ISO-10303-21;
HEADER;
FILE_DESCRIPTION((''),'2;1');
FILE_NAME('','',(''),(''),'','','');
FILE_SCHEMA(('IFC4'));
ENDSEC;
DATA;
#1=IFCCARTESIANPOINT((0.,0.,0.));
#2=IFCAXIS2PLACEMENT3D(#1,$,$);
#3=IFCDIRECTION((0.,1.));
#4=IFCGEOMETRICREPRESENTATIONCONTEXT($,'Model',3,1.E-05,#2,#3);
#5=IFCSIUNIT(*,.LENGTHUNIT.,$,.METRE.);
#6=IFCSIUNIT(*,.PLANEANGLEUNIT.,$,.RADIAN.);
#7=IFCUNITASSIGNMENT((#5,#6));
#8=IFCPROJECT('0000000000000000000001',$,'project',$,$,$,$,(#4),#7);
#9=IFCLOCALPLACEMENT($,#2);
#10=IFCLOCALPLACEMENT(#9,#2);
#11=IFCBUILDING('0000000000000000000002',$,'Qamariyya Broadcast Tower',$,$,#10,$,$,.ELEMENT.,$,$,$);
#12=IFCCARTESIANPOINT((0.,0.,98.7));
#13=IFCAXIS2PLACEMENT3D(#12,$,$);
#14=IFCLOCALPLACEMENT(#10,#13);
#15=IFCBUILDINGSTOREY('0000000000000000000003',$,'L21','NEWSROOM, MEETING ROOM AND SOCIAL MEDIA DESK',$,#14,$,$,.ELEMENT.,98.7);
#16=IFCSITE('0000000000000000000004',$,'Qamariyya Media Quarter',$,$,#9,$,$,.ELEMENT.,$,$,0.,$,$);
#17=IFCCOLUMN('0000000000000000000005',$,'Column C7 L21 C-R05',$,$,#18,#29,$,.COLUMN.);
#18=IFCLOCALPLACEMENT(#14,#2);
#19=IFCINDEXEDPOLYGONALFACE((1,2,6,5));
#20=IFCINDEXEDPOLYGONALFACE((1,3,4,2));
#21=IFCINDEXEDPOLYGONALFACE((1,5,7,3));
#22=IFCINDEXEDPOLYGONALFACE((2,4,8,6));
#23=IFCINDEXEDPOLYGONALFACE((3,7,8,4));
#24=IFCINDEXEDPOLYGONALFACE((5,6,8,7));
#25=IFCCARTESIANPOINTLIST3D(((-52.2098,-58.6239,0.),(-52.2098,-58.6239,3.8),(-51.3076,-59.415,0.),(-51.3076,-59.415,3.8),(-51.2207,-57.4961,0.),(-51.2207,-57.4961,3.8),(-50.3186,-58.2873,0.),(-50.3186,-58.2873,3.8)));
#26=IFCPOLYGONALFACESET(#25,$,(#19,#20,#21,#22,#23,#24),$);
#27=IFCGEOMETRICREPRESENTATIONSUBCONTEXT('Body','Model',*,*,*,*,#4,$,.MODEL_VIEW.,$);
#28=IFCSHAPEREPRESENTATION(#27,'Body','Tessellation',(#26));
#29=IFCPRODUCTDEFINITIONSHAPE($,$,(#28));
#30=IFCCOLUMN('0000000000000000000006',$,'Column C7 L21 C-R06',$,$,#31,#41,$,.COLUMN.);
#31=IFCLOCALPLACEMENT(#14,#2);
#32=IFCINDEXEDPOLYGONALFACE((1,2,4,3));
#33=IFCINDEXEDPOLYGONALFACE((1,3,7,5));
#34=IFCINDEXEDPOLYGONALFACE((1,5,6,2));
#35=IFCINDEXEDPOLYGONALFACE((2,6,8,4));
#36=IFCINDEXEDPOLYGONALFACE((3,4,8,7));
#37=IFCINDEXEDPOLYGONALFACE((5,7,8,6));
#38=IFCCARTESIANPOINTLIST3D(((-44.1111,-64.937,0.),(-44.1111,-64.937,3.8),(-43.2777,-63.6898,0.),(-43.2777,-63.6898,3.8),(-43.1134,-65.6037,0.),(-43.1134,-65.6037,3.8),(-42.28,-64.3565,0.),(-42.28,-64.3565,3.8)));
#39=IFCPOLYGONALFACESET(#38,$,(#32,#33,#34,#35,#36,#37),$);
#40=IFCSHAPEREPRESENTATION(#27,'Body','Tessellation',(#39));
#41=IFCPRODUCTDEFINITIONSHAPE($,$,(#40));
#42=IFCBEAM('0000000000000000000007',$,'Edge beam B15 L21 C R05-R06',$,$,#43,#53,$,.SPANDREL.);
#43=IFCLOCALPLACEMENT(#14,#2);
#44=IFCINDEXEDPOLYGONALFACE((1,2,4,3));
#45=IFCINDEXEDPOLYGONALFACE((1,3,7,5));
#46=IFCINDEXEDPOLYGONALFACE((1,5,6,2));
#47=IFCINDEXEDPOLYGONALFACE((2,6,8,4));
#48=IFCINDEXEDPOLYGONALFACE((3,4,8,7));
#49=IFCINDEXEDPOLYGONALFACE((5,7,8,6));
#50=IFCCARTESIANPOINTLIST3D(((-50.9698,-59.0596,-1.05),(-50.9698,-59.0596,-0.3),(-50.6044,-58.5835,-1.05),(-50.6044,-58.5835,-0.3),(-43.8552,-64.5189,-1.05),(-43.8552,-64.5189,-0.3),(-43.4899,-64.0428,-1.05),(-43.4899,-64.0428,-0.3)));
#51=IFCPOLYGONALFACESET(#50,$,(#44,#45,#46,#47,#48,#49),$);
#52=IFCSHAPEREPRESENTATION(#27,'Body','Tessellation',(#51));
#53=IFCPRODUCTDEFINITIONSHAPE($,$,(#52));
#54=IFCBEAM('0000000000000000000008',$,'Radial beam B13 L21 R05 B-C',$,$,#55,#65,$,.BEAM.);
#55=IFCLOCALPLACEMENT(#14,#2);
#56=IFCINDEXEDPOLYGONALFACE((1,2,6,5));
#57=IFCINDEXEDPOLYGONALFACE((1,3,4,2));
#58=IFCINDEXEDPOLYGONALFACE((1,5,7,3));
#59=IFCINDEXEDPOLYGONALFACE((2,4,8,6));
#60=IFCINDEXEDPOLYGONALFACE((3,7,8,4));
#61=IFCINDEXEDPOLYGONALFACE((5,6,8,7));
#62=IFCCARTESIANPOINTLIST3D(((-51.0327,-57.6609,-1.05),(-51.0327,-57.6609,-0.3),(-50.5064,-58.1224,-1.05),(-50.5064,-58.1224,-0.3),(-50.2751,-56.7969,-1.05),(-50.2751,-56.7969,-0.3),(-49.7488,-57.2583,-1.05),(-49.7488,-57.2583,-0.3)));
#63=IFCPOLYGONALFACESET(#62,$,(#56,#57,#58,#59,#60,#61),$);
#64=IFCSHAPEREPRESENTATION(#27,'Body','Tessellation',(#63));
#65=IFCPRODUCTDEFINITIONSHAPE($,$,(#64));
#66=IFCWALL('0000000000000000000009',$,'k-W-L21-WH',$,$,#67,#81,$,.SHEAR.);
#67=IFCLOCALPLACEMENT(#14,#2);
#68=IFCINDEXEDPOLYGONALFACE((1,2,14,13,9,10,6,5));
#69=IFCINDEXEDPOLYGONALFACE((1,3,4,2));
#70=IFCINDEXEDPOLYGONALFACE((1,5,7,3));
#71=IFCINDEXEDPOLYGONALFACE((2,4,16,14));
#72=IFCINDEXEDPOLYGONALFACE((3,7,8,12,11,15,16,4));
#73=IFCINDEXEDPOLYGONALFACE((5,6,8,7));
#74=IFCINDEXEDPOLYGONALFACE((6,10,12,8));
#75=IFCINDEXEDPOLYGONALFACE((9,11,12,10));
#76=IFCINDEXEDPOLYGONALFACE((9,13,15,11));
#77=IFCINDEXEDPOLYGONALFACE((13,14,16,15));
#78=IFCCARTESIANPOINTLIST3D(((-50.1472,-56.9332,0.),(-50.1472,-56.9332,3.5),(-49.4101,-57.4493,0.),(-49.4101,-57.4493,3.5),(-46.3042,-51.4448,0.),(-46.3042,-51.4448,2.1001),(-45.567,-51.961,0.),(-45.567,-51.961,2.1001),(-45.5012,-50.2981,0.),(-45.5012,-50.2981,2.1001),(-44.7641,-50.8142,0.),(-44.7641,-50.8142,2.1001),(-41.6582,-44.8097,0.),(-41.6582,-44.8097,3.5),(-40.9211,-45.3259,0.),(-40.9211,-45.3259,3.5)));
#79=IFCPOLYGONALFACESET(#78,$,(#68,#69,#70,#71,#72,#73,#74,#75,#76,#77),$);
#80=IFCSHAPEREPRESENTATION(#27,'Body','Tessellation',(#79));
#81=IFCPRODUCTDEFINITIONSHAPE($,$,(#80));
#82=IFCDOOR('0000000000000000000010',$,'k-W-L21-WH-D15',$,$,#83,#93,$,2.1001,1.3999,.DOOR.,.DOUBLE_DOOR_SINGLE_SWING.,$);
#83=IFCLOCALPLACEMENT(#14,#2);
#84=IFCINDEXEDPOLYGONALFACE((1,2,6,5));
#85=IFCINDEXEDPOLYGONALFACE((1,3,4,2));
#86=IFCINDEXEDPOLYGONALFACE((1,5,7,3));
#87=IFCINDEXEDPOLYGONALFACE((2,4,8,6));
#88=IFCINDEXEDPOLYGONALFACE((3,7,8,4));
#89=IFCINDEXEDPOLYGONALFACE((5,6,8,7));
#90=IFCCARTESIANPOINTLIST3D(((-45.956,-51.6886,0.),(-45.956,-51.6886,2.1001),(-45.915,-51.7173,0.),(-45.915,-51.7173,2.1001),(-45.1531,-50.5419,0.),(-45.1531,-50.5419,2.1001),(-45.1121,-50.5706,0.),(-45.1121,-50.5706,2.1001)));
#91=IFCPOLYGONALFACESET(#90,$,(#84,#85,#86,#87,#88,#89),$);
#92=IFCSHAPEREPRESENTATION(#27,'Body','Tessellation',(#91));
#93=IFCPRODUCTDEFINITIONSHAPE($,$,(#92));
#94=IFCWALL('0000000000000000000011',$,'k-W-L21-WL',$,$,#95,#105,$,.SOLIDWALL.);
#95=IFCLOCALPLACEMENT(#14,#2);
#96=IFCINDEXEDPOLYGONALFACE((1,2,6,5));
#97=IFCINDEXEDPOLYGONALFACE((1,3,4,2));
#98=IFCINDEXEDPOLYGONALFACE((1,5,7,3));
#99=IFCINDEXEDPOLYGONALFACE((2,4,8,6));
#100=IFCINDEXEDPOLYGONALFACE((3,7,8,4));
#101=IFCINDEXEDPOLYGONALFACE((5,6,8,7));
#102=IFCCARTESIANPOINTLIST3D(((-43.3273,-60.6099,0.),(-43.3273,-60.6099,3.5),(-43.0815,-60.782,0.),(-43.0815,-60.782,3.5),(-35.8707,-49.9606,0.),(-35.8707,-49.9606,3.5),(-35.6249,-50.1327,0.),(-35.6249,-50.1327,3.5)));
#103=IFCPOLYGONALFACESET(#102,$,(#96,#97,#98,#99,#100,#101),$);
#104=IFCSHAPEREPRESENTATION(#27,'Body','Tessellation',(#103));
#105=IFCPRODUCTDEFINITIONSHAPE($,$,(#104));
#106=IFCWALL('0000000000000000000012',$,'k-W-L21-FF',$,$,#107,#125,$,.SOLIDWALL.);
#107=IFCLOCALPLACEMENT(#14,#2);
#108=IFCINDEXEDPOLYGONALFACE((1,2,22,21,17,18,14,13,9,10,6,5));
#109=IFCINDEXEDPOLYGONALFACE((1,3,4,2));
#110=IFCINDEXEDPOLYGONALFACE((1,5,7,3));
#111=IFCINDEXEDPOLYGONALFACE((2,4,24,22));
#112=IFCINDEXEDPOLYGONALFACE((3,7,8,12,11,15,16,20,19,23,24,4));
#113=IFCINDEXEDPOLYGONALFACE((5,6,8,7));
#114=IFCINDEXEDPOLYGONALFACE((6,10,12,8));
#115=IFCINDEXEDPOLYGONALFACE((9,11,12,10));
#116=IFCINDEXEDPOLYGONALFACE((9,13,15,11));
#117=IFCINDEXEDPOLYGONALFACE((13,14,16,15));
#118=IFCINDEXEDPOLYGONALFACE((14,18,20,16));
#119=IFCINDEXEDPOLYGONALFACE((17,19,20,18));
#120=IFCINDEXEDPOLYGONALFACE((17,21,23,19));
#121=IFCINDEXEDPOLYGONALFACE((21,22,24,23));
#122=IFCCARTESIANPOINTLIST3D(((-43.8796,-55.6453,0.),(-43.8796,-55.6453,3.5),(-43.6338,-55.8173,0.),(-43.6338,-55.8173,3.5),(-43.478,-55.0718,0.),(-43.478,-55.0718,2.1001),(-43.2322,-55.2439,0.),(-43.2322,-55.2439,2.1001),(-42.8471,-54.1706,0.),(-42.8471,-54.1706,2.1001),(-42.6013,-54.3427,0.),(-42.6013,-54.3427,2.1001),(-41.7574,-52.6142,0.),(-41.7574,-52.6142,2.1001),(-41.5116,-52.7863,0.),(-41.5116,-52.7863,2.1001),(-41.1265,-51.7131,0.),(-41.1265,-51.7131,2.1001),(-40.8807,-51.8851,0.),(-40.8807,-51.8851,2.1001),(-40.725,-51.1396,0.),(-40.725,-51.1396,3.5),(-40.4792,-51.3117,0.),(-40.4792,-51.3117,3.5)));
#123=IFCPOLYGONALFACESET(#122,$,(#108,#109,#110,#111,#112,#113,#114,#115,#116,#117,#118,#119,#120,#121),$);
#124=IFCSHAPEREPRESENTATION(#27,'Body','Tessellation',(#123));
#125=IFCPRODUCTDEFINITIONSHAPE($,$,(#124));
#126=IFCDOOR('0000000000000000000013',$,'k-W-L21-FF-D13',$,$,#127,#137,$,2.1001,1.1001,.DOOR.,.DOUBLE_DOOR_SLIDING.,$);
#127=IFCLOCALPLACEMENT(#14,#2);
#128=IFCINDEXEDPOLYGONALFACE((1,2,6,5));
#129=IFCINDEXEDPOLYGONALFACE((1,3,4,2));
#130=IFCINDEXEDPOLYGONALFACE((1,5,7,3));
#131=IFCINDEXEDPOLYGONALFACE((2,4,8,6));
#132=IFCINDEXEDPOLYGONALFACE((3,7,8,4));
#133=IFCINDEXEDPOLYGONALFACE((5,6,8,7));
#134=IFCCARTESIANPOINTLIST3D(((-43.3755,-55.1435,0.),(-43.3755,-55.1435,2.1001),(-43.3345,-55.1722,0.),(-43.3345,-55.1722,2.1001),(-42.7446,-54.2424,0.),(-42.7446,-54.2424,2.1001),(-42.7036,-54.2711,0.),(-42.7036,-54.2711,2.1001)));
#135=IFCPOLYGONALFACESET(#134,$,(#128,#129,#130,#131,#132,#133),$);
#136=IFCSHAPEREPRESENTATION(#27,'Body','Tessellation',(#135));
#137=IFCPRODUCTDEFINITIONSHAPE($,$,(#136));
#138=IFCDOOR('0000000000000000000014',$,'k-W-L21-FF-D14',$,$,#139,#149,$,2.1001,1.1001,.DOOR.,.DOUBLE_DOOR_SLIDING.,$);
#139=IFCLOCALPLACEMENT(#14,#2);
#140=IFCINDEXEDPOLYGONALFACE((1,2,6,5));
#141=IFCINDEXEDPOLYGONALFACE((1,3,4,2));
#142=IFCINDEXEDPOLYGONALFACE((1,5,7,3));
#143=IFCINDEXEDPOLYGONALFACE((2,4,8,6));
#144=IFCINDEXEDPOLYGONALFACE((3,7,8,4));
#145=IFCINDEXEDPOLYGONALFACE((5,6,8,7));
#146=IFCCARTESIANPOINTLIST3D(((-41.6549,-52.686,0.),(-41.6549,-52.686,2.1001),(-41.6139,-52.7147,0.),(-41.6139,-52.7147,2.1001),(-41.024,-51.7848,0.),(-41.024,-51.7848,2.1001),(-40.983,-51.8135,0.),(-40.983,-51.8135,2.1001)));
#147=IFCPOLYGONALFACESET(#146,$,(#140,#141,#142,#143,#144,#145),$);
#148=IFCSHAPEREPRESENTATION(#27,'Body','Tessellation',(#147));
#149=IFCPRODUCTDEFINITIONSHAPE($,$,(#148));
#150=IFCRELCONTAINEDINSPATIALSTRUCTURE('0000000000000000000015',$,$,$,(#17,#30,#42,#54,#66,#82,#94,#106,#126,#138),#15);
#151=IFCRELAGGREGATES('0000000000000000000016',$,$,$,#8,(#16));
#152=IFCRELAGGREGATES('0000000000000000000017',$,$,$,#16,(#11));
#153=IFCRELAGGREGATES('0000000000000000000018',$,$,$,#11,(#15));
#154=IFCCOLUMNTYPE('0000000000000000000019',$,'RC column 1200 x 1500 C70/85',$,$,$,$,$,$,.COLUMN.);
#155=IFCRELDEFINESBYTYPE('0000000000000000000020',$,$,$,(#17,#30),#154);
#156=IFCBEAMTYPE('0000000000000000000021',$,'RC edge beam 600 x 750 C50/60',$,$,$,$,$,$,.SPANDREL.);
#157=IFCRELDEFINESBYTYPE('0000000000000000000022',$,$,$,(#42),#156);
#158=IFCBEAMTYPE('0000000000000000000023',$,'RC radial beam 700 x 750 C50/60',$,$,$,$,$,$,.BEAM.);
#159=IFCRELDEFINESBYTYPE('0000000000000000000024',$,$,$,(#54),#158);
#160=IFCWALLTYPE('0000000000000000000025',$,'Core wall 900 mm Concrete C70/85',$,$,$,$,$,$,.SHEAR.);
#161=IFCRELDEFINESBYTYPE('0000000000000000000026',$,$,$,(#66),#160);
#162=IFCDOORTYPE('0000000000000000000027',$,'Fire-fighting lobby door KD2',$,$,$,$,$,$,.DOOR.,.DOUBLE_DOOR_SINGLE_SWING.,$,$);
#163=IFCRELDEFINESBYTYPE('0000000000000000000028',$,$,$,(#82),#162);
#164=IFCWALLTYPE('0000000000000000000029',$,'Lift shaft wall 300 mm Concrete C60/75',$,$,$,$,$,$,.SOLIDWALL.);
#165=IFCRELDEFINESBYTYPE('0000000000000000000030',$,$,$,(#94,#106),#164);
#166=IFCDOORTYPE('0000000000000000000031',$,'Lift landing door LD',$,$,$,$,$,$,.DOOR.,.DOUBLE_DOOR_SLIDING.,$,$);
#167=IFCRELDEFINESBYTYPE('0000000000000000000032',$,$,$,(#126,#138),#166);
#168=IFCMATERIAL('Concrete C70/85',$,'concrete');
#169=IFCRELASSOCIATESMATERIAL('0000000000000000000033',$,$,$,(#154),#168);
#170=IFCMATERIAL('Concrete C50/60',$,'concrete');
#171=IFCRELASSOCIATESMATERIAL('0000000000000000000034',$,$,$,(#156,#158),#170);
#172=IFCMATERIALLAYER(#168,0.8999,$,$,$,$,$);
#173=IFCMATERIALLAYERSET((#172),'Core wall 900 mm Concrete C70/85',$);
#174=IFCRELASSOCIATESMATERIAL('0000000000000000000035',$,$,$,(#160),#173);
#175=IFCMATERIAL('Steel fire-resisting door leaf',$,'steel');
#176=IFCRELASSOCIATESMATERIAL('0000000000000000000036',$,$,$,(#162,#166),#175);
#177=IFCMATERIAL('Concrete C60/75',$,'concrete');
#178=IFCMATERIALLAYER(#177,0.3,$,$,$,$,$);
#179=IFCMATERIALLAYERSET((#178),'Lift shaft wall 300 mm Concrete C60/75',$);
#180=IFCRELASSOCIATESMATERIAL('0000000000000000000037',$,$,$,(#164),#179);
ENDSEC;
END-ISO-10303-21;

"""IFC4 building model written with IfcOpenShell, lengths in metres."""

from ifc_helpers import new_model, si_unit, direction, frame, frame_2d, origin, origin_2d, place, context, subcontext, project, spatial, rectangle, extrude, material, layer, layer_set, material_profile, profile_set, type_object, element, fill, save


model = new_model("IFC4")

# Units and contexts
model_context = context("Model", 3, precision=1e-05, world=origin(), true_north=direction((0.0, 1.0)))
body_context = subcontext(model_context, "Body", "Model", "MODEL_VIEW")
ifc_project = project(units=[si_unit("LENGTHUNIT", "METRE"), si_unit("PLANEANGLEUNIT", "RADIAN")], contexts=[model_context])

# Site, building, storey
site_placement = place(None, origin())
site = spatial("IfcSite", under=ifc_project, at=site_placement, Name="Qamariyya Media Quarter", CompositionType="ELEMENT", RefElevation=0.0)
building_placement = place(site_placement, origin())
building = spatial("IfcBuilding", under=site, at=building_placement, Name="Qamariyya Broadcast Tower", CompositionType="ELEMENT")
storey_placement = place(building_placement, frame((0.0, 0.0, 98.7)))
storey = spatial("IfcBuildingStorey", under=building, at=storey_placement, Name="L21", Description="NEWSROOM, MEETING ROOM AND SOCIAL MEDIA DESK", CompositionType="ELEMENT", Elevation=98.7)

# Columns
ifc_material_1 = material(Name="Concrete C70/85", Category="concrete")
ifc_material_profile_1 = material_profile(ifc_material_1, rectangle(XDim=1.2, YDim=1.5, at=origin_2d()))
ifc_profile_set_1 = profile_set([ifc_material_profile_1], Name="Concrete C70/85")
column_type = type_object("IfcColumnType", Name="RC column 1200 x 1500 C70/85", PredefinedType="COLUMN", material=ifc_profile_set_1)
for number, where, z_axis, x_axis, name in (
    (1, (-51.2642, -58.4556, 0.0), (0.0, 0.0, 1.0), (0.75184, -0.659346, 0.0), "Column C7 L21 C-R05"),
    (2, (-43.1956, -64.6467, 0.0), (0.0, 0.0, 1.0), (0.83147, -0.55557, 0.0), "Column C7 L21 C-R06"),
):
    element("IfcColumn", number, at=place(storey_placement, frame(where, z_axis=z_axis, x_axis=x_axis)), inside=storey, type_object=column_type, Name=name, PredefinedType="COLUMN", context=body_context, shape_type="SweptSolid", body=[
        extrude(rectangle(XDim=1.2, YDim=1.5, at=origin_2d()), origin(), (0.0, 0.0, 1.0), 3.8),
    ])

# Beams
ifc_material_2 = material(Name="Concrete C50/60", Category="concrete")
ifc_material_profile_2 = material_profile(ifc_material_2, rectangle(XDim=0.6001, YDim=0.75, at=origin_2d()))
ifc_profile_set_2 = profile_set([ifc_material_profile_2], Name="Concrete C50/60")
beam_type_1 = type_object("IfcBeamType", Name="RC edge beam 600 x 750 C50/60", PredefinedType="SPANDREL", material=ifc_profile_set_2)
beam_1_placement = place(storey_placement, frame((-50.7871, -58.8215, -0.675), z_axis=(0.793349, -0.608767, 0.0), x_axis=(0.608767, 0.793349, 0.0)))
element("IfcBeam", 3, at=beam_1_placement, inside=storey, type_object=beam_type_1, Name="Edge beam B15 L21 C R05-R06", PredefinedType="SPANDREL", context=body_context, shape_type="SweptSolid", body=[
    extrude(rectangle(XDim=0.6001, YDim=0.75, at=origin_2d()), origin(), (0.0, 0.0, 1.0), 8.9678),
])
ifc_material_profile_3 = material_profile(ifc_material_2, rectangle(XDim=0.7, YDim=0.75, at=origin_2d()))
ifc_profile_set_3 = profile_set([ifc_material_profile_3], Name="Concrete C50/60")
beam_type_2 = type_object("IfcBeamType", Name="RC radial beam 700 x 750 C50/60", PredefinedType="BEAM", material=ifc_profile_set_3)
beam_2_placement = place(storey_placement, frame((-50.012, -57.0276, -0.675), z_axis=(-0.659271, -0.751905, 0.0), x_axis=(0.751905, -0.659271, 0.0)))
element("IfcBeam", 4, at=beam_2_placement, inside=storey, type_object=beam_type_2, Name="Radial beam B13 L21 R05 B-C", PredefinedType="BEAM", context=body_context, shape_type="SweptSolid", body=[
    extrude(rectangle(XDim=0.7, YDim=0.75, at=origin_2d()), origin(), (0.0, 0.0, 1.0), 1.1492),
])

# Wall, opening, door
ifc_layer_1 = layer(ifc_material_1, 0.8999)
ifc_layer_set_1 = layer_set([ifc_layer_1], Name="Core wall 900 mm Concrete C70/85")
wall_type_1 = type_object("IfcWallType", Name="Core wall 900 mm Concrete C70/85", PredefinedType="SHEAR", material=ifc_layer_set_1)
wall_1_placement = place(storey_placement, frame((-49.7786, -57.1912, 0.0), z_axis=(0.0, 0.0, 1.0), x_axis=(0.573577, 0.819151, 0.0)))
wall_1 = element("IfcWall", 5, at=wall_1_placement, inside=storey, type_object=wall_type_1, Name="k-W-L21-WH", PredefinedType="SHEAR", context=body_context, shape_type="SweptSolid", body=[
    extrude(rectangle(XDim=14.8, YDim=0.8999, at=frame_2d((7.3999, 0.0))), origin(), (0.0, 0.0, 1.0), 3.5),
])
opening_1_placement = place(wall_1_placement, frame((6.7, 0.0, 0.0)))
opening_1 = element("IfcOpeningElement", 6, at=opening_1_placement, cuts=wall_1, PredefinedType="OPENING", context=body_context, shape_type="SweptSolid", body=[
    extrude(rectangle(XDim=1.3999, YDim=2.1001, at=frame_2d((0.7, 1.05))), frame((0.0, 0.46, 0.0), z_axis=(0.0, -1.0, 0.0), x_axis=(1.0, 0.0, 0.0)), (0.0, 0.0, 1.0), 0.9199),
])
ifc_material_3 = material(Name="Steel fire-resisting door leaf", Category="steel")
door_type_1 = type_object("IfcDoorType", Name="Fire-fighting lobby door KD2", OperationType="DOUBLE_DOOR_SINGLE_SWING", PredefinedType="DOOR", material=ifc_material_3)
door_1_placement = place(opening_1_placement, origin())
door_1 = element("IfcDoor", 7, at=door_1_placement, inside=storey, type_object=door_type_1, Name="k-W-L21-WH-D15", OperationType="DOUBLE_DOOR_SINGLE_SWING", OverallHeight=2.1001, OverallWidth=1.3999, PredefinedType="DOOR", context=body_context, shape_type="SweptSolid", body=[
    extrude(rectangle(XDim=1.3999, YDim=2.1001, at=frame_2d((0.7, 1.05))), frame((0.0, 0.0249, 0.0), z_axis=(0.0, -1.0, 0.0), x_axis=(1.0, 0.0, 0.0)), (0.0, 0.0, 1.0), 0.05),
])
fill(opening_1, door_1)

# Wall
ifc_material_4 = material(Name="Concrete C60/75", Category="concrete")
ifc_layer_2 = layer(ifc_material_4, 0.3)
ifc_layer_set_2 = layer_set([ifc_layer_2], Name="Lift shaft wall 300 mm Concrete C60/75")
wall_type_2 = type_object("IfcWallType", Name="Lift shaft wall 300 mm Concrete C60/75", PredefinedType="SOLIDWALL", material=ifc_layer_set_2)
wall_2_placement = place(storey_placement, frame((-43.2043, -60.6958, 0.0), z_axis=(0.0, 0.0, 1.0), x_axis=(0.573572, 0.819155, 0.0)))
element("IfcWall", 8, at=wall_2_placement, inside=storey, type_object=wall_type_2, Name="k-W-L21-WL", PredefinedType="SOLIDWALL", context=body_context, shape_type="SweptSolid", body=[
    extrude(rectangle(XDim=13.0002, YDim=0.3, at=frame_2d((6.5, 0.0))), origin(), (0.0, 0.0, 1.0), 3.5),
])

# Wall, openings, doors
wall_3_placement = place(storey_placement, frame((-43.7566, -55.7312, 0.0), z_axis=(0.0, 0.0, 1.0), x_axis=(0.573537, 0.81918, 0.0)))
wall_3 = element("IfcWall", 9, at=wall_3_placement, inside=storey, type_object=wall_type_2, Name="k-W-L21-FF", PredefinedType="SOLIDWALL", context=body_context, shape_type="SweptSolid", body=[
    extrude(rectangle(XDim=5.5002, YDim=0.3, at=frame_2d((2.75, 0.0))), origin(), (0.0, 0.0, 1.0), 3.5),
])
opening_2_placement = place(wall_3_placement, frame((0.7, 0.0, 0.0)))
opening_2 = element("IfcOpeningElement", 10, at=opening_2_placement, cuts=wall_3, PredefinedType="OPENING", context=body_context, shape_type="SweptSolid", body=[
    extrude(rectangle(XDim=1.1001, YDim=2.1001, at=frame_2d((0.55, 1.05))), frame((0.0, 0.1599, 0.0), z_axis=(0.0, -1.0, 0.0), x_axis=(1.0, 0.0, 0.0)), (0.0, 0.0, 1.0), 0.3201),
])
opening_3_placement = place(wall_3_placement, frame((3.7, 0.0, 0.0)))
opening_3 = element("IfcOpeningElement", 11, at=opening_3_placement, cuts=wall_3, PredefinedType="OPENING", context=body_context, shape_type="SweptSolid", body=[
    extrude(rectangle(XDim=1.1001, YDim=2.1001, at=frame_2d((0.55, 1.05))), frame((0.0, 0.1599, 0.0), z_axis=(0.0, -1.0, 0.0), x_axis=(1.0, 0.0, 0.0)), (0.0, 0.0, 1.0), 0.3201),
])
door_type_2 = type_object("IfcDoorType", Name="Lift landing door LD", OperationType="DOUBLE_DOOR_SLIDING", PredefinedType="DOOR", material=ifc_material_3)
door_2_placement = place(opening_2_placement, origin())
door_2 = element("IfcDoor", 12, at=door_2_placement, inside=storey, type_object=door_type_2, Name="k-W-L21-FF-D13", OperationType="DOUBLE_DOOR_SLIDING", OverallHeight=2.1001, OverallWidth=1.1001, PredefinedType="DOOR", context=body_context, shape_type="SweptSolid", body=[
    extrude(rectangle(XDim=1.1001, YDim=2.1001, at=frame_2d((0.55, 1.05))), frame((0.0, 0.0249, 0.0), z_axis=(0.0, -1.0, 0.0), x_axis=(1.0, 0.0, 0.0)), (0.0, 0.0, 1.0), 0.05),
])
fill(opening_2, door_2)
door_3_placement = place(opening_3_placement, origin())
door_3 = element("IfcDoor", 13, at=door_3_placement, inside=storey, type_object=door_type_2, Name="k-W-L21-FF-D14", OperationType="DOUBLE_DOOR_SLIDING", OverallHeight=2.1001, OverallWidth=1.1001, PredefinedType="DOOR", context=body_context, shape_type="SweptSolid", body=[
    extrude(rectangle(XDim=1.1001, YDim=2.1001, at=frame_2d((0.55, 1.05))), frame((0.0, 0.0249, 0.0), z_axis=(0.0, -1.0, 0.0), x_axis=(1.0, 0.0, 0.0)), (0.0, 0.0, 1.0), 0.05),
])
fill(opening_3, door_3)

save(model, "model.ifc")
